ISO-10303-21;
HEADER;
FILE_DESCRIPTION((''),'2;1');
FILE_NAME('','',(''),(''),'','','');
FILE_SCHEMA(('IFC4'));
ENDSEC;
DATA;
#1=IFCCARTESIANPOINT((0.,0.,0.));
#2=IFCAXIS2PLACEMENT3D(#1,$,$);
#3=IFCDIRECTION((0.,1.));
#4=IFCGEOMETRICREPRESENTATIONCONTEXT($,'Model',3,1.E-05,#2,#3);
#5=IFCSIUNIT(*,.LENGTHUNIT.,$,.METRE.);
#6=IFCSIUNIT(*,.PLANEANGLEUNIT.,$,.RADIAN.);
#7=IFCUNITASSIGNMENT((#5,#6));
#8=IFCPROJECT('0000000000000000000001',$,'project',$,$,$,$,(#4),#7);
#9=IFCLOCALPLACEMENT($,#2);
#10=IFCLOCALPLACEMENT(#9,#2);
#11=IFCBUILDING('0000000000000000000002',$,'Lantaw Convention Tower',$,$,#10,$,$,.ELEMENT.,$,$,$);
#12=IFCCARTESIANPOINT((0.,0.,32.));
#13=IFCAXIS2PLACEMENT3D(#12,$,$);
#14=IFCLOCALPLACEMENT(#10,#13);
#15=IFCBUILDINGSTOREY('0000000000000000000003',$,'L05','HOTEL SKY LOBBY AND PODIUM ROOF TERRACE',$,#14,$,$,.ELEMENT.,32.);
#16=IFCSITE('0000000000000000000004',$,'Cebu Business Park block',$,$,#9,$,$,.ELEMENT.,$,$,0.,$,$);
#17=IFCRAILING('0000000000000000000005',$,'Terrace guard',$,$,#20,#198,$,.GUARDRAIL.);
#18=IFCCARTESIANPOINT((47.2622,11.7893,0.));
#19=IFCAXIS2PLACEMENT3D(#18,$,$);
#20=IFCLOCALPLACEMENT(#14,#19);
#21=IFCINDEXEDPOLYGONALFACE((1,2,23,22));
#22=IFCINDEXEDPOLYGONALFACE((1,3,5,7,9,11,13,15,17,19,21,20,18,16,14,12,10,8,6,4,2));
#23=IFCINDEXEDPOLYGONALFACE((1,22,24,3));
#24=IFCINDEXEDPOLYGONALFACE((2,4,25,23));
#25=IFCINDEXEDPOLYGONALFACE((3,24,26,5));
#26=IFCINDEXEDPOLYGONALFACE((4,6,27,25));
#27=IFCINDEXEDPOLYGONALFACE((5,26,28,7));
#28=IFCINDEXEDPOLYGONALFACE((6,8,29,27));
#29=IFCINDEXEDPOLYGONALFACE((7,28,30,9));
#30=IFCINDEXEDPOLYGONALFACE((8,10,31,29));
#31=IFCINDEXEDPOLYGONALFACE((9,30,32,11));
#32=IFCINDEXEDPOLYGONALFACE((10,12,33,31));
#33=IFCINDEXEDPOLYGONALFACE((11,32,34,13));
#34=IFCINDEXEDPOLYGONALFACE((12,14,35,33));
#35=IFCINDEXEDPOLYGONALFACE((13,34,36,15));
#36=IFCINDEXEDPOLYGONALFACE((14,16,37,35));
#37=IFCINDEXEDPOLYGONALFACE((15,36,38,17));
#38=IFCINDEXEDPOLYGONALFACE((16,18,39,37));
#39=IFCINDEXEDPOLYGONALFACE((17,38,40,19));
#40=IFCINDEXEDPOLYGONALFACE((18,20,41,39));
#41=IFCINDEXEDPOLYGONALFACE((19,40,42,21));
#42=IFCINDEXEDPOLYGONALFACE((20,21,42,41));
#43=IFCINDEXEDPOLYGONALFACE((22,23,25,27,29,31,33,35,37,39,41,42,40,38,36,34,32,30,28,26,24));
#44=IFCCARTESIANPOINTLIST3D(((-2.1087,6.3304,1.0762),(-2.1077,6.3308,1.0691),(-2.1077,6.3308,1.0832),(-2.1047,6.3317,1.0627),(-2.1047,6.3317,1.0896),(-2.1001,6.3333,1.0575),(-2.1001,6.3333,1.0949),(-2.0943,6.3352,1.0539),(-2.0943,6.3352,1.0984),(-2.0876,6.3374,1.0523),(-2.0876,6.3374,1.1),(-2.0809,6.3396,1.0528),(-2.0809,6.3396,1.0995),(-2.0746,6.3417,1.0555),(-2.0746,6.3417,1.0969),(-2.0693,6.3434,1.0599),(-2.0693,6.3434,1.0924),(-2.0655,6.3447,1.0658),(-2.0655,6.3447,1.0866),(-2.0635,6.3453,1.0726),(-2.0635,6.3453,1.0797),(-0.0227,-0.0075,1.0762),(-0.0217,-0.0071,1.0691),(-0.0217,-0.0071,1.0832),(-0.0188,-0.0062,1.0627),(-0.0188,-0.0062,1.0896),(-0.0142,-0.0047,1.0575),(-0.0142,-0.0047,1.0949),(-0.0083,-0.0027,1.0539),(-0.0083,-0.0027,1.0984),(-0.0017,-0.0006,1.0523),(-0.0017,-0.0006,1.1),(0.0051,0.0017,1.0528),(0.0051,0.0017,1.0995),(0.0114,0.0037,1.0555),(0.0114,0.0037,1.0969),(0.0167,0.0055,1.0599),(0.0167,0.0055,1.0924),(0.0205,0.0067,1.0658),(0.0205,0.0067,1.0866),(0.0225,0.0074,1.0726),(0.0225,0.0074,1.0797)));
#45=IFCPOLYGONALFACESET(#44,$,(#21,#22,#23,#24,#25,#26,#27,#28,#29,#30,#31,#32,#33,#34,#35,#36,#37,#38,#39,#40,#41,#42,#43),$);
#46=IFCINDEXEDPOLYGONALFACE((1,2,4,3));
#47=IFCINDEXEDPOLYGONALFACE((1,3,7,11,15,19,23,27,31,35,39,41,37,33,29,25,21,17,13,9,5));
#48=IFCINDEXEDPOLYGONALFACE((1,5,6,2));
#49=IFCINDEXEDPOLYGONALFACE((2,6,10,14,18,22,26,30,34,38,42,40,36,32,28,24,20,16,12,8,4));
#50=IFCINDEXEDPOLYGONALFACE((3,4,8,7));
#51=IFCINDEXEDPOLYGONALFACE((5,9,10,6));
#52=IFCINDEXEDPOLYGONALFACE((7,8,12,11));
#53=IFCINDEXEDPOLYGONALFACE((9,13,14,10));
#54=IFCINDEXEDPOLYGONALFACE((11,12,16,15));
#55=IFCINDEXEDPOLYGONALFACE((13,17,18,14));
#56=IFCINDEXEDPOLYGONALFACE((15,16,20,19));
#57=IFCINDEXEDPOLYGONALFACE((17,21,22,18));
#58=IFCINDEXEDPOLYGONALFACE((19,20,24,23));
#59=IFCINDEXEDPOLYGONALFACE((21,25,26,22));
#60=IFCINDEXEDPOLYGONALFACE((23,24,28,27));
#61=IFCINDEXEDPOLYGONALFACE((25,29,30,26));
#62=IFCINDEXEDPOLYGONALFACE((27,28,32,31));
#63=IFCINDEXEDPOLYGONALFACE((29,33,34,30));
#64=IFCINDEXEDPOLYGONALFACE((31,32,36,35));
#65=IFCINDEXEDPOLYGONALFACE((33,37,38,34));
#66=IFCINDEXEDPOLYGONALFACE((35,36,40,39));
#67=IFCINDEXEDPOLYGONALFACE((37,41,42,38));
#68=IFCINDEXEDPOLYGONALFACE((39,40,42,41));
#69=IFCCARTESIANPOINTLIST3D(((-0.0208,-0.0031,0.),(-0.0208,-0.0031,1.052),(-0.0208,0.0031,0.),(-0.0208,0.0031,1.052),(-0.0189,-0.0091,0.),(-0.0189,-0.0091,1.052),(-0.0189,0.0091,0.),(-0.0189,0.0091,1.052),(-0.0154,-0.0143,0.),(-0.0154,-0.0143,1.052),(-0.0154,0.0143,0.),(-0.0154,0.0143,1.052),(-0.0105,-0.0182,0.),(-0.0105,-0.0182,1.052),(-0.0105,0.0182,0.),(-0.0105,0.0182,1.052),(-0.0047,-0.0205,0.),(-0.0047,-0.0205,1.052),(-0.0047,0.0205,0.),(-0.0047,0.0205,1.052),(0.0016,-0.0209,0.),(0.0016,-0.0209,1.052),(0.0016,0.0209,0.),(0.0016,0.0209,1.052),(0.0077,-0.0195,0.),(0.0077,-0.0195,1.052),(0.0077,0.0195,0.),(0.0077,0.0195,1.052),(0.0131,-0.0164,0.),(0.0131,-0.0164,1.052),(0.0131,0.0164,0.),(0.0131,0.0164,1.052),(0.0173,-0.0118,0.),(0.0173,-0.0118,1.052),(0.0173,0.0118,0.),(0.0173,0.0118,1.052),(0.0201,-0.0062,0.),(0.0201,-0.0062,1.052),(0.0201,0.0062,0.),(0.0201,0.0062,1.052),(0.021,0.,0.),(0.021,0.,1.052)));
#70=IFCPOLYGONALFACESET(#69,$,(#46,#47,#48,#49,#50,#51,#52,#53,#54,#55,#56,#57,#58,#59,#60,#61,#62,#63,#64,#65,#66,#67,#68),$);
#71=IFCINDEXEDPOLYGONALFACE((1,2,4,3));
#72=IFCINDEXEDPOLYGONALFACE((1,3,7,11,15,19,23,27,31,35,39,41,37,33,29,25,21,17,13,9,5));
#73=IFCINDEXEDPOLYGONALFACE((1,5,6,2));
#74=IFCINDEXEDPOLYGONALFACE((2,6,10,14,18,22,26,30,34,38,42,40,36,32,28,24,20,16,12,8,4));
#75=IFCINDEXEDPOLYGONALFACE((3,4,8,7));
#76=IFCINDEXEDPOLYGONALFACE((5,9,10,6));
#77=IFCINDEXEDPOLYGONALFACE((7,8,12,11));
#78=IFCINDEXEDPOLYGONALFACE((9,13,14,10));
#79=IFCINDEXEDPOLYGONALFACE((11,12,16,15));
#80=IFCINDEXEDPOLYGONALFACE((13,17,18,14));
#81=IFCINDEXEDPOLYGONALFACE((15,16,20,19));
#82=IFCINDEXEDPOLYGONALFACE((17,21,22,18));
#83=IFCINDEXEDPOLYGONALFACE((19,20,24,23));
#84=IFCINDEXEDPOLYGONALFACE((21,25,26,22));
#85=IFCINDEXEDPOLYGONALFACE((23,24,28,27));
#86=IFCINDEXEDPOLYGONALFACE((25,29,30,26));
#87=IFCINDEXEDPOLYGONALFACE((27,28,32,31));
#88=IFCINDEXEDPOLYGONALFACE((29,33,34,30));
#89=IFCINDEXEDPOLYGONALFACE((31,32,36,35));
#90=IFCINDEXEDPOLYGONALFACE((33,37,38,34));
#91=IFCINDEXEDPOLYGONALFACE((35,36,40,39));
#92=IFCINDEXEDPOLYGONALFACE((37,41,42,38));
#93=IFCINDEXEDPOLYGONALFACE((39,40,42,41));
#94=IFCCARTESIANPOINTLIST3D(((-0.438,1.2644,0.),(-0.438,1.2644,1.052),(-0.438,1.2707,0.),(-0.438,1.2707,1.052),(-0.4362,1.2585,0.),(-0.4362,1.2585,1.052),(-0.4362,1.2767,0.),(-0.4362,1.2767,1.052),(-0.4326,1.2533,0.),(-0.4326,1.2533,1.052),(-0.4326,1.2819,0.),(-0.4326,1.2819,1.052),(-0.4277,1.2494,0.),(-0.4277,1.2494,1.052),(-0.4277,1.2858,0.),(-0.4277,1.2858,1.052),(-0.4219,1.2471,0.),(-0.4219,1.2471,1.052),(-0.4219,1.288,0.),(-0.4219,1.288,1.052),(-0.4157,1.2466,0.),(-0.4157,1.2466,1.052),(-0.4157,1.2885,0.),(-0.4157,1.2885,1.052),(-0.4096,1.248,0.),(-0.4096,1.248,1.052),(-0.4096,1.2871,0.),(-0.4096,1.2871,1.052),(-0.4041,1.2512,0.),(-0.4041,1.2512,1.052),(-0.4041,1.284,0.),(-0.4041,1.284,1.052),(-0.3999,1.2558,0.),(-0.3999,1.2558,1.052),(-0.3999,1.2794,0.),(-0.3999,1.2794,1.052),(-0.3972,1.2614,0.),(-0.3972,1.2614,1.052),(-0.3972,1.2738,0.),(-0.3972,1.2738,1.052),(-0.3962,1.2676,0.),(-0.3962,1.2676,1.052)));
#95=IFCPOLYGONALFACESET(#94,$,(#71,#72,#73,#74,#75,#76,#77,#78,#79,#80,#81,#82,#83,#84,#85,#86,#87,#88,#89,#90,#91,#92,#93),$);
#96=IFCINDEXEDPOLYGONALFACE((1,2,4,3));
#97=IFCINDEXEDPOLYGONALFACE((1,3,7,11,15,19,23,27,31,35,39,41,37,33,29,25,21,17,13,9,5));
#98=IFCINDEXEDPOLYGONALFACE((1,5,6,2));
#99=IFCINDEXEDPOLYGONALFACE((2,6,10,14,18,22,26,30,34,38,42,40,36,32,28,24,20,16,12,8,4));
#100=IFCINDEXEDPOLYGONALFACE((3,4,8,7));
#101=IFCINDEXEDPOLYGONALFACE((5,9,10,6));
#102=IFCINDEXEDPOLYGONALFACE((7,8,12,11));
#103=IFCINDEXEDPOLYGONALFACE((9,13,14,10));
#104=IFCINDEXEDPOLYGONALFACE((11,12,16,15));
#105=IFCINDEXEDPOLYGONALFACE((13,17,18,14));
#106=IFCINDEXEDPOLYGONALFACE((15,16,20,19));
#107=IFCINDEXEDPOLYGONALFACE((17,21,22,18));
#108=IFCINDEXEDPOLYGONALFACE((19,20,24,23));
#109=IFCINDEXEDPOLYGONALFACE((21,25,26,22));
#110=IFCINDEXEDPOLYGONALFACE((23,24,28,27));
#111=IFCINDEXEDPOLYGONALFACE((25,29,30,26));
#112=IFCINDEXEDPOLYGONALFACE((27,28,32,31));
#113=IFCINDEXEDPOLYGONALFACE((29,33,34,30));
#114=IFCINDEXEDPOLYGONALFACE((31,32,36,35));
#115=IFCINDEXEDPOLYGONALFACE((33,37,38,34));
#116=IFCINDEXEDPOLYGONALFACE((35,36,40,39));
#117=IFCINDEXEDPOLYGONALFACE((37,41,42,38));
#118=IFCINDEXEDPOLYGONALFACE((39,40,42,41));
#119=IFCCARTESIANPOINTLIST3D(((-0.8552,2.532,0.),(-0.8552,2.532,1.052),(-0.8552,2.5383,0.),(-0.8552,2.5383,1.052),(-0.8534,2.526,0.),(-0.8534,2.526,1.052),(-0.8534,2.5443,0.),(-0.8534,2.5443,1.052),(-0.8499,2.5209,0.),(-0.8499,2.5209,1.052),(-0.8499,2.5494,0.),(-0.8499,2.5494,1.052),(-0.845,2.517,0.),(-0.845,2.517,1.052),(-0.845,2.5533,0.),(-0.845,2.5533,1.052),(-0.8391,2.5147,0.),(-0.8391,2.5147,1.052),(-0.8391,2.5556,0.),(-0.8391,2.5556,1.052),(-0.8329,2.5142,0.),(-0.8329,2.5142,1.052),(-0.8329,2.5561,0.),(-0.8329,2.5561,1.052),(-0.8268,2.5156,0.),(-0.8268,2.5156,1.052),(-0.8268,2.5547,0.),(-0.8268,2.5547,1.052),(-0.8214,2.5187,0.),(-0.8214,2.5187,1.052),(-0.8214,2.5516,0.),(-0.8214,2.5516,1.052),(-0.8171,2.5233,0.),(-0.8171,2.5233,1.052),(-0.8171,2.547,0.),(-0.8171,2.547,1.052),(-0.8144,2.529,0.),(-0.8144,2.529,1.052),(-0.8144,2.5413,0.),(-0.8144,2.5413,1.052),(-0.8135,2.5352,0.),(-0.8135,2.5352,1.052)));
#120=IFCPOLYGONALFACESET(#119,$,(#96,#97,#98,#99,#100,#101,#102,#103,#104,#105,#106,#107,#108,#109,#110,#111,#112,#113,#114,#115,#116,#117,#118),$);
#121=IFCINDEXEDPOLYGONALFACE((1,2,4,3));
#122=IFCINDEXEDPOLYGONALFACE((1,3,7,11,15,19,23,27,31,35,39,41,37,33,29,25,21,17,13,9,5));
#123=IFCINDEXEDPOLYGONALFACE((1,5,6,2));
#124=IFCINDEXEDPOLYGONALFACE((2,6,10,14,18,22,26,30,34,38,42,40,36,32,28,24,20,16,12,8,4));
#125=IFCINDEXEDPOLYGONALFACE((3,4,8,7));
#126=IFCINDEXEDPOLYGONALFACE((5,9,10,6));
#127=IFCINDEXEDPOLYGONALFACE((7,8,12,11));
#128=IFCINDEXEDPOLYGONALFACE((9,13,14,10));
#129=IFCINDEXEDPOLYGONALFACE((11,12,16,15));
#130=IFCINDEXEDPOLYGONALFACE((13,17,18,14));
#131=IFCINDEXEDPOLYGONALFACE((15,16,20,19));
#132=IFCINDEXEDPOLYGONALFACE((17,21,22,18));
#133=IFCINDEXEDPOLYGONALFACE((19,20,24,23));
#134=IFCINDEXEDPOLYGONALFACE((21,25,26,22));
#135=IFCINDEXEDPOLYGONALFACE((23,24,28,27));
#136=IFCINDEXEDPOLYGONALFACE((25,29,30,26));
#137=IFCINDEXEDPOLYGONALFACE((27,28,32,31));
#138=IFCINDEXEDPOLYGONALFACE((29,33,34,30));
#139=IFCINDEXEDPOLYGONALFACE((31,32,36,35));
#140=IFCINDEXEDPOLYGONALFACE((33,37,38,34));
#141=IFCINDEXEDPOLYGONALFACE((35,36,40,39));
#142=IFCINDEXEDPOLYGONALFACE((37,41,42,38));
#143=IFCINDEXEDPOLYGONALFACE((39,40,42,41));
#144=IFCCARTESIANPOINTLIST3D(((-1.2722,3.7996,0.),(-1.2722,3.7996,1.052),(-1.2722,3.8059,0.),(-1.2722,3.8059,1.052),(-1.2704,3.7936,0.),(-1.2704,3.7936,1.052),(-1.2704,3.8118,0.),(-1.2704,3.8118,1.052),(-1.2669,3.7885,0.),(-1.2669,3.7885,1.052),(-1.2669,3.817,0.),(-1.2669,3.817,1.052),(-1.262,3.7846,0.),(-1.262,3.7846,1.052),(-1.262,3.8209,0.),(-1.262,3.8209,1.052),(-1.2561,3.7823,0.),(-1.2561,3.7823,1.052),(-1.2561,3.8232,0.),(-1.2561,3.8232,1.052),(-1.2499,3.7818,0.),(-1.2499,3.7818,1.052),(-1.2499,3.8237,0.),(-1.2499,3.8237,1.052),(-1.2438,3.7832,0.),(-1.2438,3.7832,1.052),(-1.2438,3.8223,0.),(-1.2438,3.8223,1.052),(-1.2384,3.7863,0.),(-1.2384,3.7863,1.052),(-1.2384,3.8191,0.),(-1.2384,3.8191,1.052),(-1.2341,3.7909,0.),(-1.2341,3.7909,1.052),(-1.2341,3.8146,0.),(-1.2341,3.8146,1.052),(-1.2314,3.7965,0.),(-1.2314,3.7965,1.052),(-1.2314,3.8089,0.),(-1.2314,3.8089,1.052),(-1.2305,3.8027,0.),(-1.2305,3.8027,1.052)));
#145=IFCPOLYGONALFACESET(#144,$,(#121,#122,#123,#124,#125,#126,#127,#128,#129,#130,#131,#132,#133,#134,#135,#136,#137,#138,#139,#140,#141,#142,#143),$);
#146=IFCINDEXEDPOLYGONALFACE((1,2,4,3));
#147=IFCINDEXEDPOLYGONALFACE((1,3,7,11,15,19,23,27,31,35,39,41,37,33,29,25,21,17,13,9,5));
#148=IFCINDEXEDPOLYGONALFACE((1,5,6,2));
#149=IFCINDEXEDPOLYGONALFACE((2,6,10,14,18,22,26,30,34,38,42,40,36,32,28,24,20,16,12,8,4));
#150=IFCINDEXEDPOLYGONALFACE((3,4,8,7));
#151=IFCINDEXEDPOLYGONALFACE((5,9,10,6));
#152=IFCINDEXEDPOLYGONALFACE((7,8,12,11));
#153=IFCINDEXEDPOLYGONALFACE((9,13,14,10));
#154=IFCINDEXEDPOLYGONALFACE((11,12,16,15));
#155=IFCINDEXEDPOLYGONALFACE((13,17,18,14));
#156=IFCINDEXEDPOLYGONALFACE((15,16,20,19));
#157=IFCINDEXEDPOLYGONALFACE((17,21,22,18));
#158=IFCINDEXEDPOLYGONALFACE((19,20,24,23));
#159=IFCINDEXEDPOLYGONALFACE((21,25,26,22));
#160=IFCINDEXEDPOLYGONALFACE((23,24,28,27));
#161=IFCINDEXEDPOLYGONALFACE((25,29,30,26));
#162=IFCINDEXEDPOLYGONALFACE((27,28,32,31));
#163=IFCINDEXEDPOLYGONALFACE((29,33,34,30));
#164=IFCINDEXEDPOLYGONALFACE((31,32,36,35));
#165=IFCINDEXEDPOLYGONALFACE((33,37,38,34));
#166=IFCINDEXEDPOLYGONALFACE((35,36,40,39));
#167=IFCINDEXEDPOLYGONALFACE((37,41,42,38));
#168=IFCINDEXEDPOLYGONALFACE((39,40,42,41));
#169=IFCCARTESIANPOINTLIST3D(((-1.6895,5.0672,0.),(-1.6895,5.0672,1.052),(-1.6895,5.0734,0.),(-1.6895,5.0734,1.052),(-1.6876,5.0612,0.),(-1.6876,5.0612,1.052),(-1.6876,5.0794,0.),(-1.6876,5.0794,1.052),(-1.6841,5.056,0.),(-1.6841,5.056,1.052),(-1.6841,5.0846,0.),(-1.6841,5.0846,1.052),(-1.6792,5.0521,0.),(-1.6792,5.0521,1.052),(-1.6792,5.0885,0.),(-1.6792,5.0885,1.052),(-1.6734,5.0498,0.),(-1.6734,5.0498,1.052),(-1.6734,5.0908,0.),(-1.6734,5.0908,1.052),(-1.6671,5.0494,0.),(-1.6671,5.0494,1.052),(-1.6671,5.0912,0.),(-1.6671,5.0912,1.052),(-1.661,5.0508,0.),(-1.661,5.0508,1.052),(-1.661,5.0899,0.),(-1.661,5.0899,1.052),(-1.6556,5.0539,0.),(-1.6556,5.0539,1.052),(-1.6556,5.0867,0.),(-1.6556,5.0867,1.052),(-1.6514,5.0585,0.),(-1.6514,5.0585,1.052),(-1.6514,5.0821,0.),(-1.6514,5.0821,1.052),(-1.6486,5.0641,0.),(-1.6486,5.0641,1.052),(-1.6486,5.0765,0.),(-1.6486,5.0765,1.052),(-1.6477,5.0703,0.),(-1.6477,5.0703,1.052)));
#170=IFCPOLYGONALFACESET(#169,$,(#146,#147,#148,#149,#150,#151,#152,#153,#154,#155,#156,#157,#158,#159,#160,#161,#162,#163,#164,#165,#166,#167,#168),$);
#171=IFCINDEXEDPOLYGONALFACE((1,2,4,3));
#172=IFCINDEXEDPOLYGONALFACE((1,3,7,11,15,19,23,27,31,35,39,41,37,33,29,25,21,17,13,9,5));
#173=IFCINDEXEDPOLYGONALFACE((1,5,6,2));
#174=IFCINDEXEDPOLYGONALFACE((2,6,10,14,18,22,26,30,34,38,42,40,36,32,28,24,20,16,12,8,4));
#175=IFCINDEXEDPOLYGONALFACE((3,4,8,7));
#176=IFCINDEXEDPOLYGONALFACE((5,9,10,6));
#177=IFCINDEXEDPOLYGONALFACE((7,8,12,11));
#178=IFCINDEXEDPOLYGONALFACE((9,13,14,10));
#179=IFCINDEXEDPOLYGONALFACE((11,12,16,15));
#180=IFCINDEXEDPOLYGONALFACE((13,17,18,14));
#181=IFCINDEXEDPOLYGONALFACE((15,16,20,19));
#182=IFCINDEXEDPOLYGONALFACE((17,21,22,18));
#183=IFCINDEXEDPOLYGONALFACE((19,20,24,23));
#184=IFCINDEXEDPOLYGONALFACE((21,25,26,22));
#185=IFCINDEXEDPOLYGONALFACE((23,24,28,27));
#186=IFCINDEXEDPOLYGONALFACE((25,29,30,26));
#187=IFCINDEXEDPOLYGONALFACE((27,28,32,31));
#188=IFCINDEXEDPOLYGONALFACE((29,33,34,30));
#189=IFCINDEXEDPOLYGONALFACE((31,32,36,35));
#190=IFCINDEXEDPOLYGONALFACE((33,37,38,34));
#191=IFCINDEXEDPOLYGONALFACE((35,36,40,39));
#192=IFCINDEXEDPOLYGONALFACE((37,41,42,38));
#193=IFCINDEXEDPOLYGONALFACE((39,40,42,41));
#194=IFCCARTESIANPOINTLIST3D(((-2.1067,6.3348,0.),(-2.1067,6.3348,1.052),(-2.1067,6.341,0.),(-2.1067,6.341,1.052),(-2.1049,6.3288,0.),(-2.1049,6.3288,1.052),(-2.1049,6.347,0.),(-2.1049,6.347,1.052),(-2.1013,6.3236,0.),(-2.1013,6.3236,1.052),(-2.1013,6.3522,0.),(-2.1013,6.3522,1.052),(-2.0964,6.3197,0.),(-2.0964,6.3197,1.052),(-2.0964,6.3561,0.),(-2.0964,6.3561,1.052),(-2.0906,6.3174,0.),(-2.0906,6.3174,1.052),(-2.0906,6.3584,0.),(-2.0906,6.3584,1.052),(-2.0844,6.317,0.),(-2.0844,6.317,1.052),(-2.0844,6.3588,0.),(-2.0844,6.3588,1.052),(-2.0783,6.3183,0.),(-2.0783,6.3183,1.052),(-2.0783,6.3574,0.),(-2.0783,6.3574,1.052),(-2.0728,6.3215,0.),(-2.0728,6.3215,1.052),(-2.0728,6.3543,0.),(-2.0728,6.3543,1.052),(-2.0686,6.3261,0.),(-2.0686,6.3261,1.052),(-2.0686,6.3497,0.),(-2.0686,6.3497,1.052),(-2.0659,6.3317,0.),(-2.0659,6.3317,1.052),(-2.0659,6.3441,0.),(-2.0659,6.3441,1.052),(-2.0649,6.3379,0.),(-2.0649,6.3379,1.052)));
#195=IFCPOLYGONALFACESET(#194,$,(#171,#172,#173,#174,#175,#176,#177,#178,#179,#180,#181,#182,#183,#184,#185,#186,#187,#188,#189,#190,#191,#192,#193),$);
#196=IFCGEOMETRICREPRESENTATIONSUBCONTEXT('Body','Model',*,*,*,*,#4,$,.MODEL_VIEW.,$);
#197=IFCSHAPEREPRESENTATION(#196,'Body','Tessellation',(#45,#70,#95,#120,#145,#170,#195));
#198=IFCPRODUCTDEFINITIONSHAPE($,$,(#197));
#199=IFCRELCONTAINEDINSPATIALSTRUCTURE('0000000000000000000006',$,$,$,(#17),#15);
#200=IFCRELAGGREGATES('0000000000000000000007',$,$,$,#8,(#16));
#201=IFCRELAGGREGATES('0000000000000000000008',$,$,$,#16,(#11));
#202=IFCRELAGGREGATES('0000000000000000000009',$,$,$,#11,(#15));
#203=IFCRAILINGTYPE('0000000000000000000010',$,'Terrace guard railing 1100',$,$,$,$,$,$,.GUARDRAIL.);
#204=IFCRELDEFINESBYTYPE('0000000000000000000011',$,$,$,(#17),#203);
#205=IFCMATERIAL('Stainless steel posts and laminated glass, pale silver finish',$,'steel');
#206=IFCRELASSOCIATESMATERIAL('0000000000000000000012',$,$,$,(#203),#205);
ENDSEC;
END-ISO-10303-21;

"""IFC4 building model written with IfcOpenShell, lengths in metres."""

from ifc_helpers import new_model, si_unit, direction, frame, origin, origin_2d, place, context, subcontext, project, spatial, circle, extrude, material, type_object, element, save


model = new_model("IFC4")

# Units and contexts
model_context = context("Model", 3, precision=1e-05, world=origin(), true_north=direction((0.0, 1.0)))
body_context = subcontext(model_context, "Body", "Model", "MODEL_VIEW")
ifc_project = project(units=[si_unit("LENGTHUNIT", "METRE"), si_unit("PLANEANGLEUNIT", "RADIAN")], contexts=[model_context])

# Site, building, storey
site_placement = place(None, origin())
site = spatial("IfcSite", under=ifc_project, at=site_placement, Name="Cebu Business Park block", CompositionType="ELEMENT", RefElevation=0.0)
building_placement = place(site_placement, origin())
building = spatial("IfcBuilding", under=site, at=building_placement, Name="Lantaw Convention Tower", CompositionType="ELEMENT")
storey_placement = place(building_placement, frame((0.0, 0.0, 32.0)))
storey = spatial("IfcBuildingStorey", under=building, at=storey_placement, Name="L05", Description="HOTEL SKY LOBBY AND PODIUM ROOF TERRACE", CompositionType="ELEMENT", Elevation=32.0)

# Railing
ifc_material_1 = material(Name="Stainless steel posts and laminated glass, pale silver finish", Category="steel")
railing_type_1 = type_object("IfcRailingType", Name="Terrace guard railing 1100", PredefinedType="GUARDRAIL", material=ifc_material_1)
railing_1_placement = place(storey_placement, frame((47.2622, 11.7893, 0.0)))
element("IfcRailing", 1, at=railing_1_placement, inside=storey, type_object=railing_type_1, Name="Terrace guard", PredefinedType="GUARDRAIL", context=body_context, shape_type="SweptSolid", body=[
    extrude(circle(Radius=0.0239, at=origin_2d()), frame((0.0, 0.0, 1.0762), z_axis=(-0.312625, 0.949877, 0.0), x_axis=(-0.949877, -0.312625, 0.0)), (0.0, 0.0, 1.0), 6.6724),
    extrude(circle(Radius=0.021, at=origin_2d()), origin(), (0.0, 0.0, 1.0), 1.052),
    extrude(circle(Radius=0.021, at=origin_2d()), frame((-0.4172, 1.2676, 0.0)), (0.0, 0.0, 1.0), 1.052),
    extrude(circle(Radius=0.021, at=origin_2d()), frame((-0.8345, 2.5352, 0.0)), (0.0, 0.0, 1.0), 1.052),
    extrude(circle(Radius=0.021, at=origin_2d()), frame((-1.2515, 3.8027, 0.0)), (0.0, 0.0, 1.0), 1.052),
    extrude(circle(Radius=0.021, at=origin_2d()), frame((-1.6687, 5.0703, 0.0)), (0.0, 0.0, 1.0), 1.052),
    extrude(circle(Radius=0.021, at=origin_2d()), frame((-2.0859, 6.3379, 0.0)), (0.0, 0.0, 1.0), 1.052),
])

save(model, "model.ifc")
